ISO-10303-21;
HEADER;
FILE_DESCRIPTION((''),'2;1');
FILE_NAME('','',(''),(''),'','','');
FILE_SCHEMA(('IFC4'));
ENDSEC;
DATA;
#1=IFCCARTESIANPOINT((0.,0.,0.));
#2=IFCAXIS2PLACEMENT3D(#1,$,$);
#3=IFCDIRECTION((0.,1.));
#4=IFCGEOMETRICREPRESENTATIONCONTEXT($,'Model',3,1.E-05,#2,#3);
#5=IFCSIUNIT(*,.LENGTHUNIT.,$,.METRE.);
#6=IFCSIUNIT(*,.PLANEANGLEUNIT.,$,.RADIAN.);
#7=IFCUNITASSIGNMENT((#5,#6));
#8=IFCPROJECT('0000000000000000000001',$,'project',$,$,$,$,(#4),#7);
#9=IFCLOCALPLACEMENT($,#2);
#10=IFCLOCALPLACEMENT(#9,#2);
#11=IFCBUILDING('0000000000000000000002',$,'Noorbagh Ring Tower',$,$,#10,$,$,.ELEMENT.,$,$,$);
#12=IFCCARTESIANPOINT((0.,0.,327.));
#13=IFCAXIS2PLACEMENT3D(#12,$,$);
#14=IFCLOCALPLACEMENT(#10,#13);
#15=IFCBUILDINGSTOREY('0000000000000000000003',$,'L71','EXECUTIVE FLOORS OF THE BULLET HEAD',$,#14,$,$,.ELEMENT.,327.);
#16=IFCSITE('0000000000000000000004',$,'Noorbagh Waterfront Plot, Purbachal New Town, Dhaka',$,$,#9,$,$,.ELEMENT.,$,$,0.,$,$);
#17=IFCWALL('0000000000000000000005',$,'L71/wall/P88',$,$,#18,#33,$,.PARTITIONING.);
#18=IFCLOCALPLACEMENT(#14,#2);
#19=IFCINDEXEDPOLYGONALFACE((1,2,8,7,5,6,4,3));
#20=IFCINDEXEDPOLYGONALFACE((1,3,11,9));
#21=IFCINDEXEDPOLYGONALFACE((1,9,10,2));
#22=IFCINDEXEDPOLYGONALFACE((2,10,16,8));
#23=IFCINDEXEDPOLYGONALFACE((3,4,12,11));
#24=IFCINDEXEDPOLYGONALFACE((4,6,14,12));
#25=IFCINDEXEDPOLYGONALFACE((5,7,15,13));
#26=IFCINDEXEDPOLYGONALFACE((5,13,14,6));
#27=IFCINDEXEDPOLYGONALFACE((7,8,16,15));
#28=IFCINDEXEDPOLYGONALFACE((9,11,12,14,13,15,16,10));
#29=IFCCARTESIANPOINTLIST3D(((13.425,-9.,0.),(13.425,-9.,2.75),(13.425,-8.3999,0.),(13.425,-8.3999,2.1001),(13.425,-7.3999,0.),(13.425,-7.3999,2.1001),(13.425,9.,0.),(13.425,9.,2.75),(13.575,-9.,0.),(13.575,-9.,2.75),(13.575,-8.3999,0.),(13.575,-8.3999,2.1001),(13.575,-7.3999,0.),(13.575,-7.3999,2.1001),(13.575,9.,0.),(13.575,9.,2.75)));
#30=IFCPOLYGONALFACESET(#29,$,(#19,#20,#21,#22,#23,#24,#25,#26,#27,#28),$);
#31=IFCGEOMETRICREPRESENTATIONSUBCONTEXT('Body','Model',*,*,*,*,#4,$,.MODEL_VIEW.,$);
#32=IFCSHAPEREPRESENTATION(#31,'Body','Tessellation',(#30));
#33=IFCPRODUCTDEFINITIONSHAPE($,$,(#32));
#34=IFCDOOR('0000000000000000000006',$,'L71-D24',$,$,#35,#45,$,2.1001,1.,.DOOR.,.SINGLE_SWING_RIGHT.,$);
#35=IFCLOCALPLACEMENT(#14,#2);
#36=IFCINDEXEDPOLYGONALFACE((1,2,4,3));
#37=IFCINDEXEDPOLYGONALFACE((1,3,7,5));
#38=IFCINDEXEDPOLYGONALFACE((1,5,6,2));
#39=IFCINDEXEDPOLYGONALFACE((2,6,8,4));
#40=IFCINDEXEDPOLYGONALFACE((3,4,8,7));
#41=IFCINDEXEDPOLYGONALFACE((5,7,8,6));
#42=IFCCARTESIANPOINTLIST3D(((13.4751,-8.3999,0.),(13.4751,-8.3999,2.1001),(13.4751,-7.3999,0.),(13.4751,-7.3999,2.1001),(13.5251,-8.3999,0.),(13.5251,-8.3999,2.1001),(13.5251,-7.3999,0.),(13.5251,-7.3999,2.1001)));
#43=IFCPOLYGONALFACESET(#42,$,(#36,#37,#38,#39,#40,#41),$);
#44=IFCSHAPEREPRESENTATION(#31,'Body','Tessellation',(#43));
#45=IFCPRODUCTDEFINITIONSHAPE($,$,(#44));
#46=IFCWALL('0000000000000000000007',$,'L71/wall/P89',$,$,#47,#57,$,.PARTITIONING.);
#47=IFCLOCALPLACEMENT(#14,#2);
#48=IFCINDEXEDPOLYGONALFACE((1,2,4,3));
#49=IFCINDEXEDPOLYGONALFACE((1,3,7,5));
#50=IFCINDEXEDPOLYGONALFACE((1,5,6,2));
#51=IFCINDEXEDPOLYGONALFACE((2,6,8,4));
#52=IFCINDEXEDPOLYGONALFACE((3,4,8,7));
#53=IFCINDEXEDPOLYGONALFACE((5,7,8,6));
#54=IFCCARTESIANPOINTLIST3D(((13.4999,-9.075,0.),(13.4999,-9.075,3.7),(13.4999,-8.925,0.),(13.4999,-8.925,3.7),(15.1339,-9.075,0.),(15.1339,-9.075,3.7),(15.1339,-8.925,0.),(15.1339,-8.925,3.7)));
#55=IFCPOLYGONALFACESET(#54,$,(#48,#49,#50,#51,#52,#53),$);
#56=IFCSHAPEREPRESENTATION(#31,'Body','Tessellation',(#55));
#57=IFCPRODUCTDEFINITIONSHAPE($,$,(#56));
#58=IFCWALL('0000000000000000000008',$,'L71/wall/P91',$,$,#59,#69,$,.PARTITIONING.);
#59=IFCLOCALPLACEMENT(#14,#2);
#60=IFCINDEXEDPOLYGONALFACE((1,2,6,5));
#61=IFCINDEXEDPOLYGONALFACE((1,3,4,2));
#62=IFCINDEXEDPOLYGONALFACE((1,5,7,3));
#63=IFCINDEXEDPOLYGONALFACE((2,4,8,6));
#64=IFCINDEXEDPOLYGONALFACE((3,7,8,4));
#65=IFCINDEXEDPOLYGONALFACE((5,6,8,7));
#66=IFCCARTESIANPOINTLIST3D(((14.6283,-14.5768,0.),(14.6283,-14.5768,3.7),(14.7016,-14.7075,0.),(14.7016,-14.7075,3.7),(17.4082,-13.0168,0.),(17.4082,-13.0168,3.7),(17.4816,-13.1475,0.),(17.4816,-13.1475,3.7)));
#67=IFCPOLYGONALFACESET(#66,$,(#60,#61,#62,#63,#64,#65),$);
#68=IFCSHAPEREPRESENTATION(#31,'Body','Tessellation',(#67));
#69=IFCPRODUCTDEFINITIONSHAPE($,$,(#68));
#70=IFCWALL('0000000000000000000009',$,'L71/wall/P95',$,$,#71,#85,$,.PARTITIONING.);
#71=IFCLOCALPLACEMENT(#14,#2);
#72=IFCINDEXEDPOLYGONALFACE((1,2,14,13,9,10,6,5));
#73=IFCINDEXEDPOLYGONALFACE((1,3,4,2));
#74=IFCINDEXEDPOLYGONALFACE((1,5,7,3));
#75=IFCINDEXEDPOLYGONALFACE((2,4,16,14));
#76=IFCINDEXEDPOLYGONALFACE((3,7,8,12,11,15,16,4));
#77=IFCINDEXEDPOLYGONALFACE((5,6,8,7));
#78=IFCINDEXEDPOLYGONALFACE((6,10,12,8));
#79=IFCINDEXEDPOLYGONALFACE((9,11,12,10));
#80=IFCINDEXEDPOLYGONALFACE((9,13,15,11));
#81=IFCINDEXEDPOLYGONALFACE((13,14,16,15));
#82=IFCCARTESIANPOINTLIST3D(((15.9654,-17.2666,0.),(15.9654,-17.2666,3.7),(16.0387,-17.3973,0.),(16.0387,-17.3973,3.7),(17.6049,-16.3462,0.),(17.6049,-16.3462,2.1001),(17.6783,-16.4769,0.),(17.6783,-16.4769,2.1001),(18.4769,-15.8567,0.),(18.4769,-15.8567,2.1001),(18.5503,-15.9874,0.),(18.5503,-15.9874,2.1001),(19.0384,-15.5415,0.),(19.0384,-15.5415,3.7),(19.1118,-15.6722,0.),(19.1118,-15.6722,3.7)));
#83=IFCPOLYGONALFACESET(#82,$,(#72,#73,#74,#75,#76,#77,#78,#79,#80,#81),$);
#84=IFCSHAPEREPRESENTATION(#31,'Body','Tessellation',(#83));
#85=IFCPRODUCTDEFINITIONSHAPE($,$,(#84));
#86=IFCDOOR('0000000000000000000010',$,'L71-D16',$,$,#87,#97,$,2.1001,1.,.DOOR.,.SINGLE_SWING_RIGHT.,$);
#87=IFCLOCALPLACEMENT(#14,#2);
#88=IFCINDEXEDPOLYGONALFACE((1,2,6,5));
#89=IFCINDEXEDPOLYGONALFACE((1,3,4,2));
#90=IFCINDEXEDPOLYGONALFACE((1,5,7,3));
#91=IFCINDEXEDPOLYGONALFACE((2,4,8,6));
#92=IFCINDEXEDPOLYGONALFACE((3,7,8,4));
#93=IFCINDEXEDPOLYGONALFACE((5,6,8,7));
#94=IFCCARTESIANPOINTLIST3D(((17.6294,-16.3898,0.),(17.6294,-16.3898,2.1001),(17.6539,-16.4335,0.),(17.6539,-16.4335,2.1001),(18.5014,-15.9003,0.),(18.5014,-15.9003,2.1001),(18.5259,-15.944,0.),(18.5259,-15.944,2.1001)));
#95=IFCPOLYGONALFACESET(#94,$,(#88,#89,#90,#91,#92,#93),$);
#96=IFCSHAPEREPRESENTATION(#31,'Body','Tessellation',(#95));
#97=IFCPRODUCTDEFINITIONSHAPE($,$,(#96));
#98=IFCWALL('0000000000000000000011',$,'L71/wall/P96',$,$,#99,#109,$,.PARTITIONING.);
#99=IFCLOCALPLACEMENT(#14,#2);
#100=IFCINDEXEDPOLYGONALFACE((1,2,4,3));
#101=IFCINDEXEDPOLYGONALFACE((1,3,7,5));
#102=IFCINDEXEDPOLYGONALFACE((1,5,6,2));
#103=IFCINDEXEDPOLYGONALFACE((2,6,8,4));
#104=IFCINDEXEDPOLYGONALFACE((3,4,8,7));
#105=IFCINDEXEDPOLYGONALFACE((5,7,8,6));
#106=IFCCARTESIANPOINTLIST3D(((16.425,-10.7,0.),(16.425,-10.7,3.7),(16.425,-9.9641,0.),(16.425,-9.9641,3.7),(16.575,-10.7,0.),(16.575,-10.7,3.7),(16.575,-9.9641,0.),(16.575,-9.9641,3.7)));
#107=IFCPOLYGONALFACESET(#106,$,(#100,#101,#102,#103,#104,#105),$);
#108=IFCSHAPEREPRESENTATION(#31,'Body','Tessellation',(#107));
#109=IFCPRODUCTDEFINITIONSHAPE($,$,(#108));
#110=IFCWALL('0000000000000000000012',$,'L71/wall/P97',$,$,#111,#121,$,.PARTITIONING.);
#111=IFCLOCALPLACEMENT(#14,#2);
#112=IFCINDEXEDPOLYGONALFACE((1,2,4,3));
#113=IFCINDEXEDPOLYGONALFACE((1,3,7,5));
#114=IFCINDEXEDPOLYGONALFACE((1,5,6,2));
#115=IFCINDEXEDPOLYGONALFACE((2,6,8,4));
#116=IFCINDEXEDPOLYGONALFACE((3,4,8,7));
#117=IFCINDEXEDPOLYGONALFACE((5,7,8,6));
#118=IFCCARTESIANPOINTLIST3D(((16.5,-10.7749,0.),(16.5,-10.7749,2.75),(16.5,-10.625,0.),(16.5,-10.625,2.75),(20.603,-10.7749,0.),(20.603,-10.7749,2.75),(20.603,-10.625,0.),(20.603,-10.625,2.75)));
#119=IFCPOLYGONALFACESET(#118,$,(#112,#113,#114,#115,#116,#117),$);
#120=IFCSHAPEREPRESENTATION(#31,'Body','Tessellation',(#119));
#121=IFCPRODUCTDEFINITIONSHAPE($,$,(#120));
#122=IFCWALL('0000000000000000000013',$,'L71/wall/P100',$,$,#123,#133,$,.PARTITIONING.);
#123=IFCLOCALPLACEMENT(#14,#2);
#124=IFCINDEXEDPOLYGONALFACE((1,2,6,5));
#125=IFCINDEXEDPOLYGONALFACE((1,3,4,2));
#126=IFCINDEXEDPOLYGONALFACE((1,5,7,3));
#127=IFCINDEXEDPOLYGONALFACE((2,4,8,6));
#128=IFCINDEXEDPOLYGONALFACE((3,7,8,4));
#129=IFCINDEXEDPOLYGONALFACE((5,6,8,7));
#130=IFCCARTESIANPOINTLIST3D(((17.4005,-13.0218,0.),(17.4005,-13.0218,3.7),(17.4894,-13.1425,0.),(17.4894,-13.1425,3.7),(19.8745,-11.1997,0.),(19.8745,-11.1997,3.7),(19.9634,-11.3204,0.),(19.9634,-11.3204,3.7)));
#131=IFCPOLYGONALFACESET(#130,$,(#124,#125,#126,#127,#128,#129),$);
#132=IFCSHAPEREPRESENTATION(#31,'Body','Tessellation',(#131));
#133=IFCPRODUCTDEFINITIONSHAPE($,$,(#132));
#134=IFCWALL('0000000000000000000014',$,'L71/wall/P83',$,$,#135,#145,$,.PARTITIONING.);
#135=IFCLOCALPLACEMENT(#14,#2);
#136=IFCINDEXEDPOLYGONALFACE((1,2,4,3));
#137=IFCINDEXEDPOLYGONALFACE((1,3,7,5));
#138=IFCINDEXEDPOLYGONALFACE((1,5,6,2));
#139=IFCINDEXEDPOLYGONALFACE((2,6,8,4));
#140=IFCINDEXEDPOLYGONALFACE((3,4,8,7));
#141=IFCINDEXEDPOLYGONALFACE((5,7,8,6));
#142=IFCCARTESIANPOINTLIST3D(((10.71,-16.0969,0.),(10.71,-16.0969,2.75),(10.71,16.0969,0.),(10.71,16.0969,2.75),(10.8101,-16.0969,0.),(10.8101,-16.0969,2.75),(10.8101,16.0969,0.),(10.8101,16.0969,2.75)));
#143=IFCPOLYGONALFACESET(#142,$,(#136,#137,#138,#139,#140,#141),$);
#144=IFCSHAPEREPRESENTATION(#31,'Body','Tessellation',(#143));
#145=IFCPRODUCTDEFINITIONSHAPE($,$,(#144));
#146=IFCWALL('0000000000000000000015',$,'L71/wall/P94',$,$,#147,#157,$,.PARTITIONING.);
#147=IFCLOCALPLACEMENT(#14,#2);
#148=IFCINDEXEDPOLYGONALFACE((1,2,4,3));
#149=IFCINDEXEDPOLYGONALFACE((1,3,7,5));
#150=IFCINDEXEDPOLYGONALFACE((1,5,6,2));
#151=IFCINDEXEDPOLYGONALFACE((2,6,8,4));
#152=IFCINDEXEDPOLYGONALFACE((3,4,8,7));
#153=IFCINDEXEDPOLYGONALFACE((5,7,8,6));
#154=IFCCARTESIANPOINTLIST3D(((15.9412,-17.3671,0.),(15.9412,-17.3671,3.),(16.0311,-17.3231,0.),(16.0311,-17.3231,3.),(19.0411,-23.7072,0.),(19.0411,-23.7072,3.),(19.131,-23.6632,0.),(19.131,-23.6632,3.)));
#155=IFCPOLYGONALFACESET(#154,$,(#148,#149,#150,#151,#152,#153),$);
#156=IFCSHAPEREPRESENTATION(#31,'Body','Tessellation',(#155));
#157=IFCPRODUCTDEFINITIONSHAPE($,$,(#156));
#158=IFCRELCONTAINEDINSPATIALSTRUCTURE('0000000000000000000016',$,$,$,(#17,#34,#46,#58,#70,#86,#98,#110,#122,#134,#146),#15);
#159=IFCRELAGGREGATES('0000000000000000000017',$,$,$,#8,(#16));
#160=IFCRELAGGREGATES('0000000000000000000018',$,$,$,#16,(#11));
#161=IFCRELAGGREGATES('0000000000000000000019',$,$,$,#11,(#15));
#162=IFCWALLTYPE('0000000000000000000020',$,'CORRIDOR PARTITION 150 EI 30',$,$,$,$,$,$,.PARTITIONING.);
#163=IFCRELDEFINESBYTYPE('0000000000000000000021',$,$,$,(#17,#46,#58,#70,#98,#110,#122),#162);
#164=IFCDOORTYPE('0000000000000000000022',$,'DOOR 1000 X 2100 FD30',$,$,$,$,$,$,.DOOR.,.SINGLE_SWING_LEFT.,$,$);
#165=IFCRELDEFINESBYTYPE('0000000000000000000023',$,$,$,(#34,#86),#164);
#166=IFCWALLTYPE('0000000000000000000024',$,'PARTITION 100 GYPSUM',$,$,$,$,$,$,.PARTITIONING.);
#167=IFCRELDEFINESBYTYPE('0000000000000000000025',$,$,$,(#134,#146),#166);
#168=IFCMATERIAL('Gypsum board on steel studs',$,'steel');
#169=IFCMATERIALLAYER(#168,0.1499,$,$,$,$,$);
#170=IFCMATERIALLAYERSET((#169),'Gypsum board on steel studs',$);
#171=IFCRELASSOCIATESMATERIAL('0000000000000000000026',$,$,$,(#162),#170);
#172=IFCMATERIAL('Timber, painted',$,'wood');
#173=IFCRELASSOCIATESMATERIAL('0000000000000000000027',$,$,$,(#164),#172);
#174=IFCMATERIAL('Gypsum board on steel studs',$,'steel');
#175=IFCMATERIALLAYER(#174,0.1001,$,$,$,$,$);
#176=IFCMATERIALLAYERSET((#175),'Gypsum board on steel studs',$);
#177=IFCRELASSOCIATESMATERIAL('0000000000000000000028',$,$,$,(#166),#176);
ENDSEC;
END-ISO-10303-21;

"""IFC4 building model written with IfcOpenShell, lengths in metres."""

from ifc_helpers import new_model, si_unit, direction, frame, frame_2d, origin, place, context, subcontext, project, spatial, rectangle, extrude, material, layer, layer_set, type_object, element, fill, save


model = new_model("IFC4")

# Units and contexts
model_context = context("Model", 3, precision=1e-05, world=origin(), true_north=direction((0.0, 1.0)))
body_context = subcontext(model_context, "Body", "Model", "MODEL_VIEW")
ifc_project = project(units=[si_unit("LENGTHUNIT", "METRE"), si_unit("PLANEANGLEUNIT", "RADIAN")], contexts=[model_context])

# Site, building, storey
site_placement = place(None, origin())
site = spatial("IfcSite", under=ifc_project, at=site_placement, Name="Noorbagh Waterfront Plot, Purbachal New Town, Dhaka", CompositionType="ELEMENT", RefElevation=0.0)
building_placement = place(site_placement, origin())
building = spatial("IfcBuilding", under=site, at=building_placement, Name="Noorbagh Ring Tower", CompositionType="ELEMENT")
storey_placement = place(building_placement, frame((0.0, 0.0, 327.0)))
storey = spatial("IfcBuildingStorey", under=building, at=storey_placement, Name="L71", Description="EXECUTIVE FLOORS OF THE BULLET HEAD", CompositionType="ELEMENT", Elevation=327.0)

# Shared definitions
ifc_material_1 = material(Name="Gypsum board on steel studs", Category="steel")
ifc_layer_1 = layer(ifc_material_1, 0.1499)
ifc_layer_set_1 = layer_set([ifc_layer_1], Name="Gypsum board on steel studs")
wall_type_1 = type_object("IfcWallType", Name="CORRIDOR PARTITION 150 EI 30", PredefinedType="PARTITIONING", material=ifc_layer_set_1)

# Wall, opening, door
wall_1_placement = place(storey_placement, frame((13.5, -9.0, 0.0), z_axis=(0.0, 0.0, 1.0), x_axis=(0.0, 1.0, 0.0)))
wall_1 = element("IfcWall", 1, at=wall_1_placement, inside=storey, type_object=wall_type_1, Name="L71/wall/P88", PredefinedType="PARTITIONING", context=body_context, shape_type="SweptSolid", body=[
    extrude(rectangle(XDim=18.0, YDim=0.1499, at=frame_2d((9.0, 0.0))), origin(), (0.0, 0.0, 1.0), 2.75),
])
opening_1_placement = place(wall_1_placement, frame((0.6001, 0.0, 0.0)))
opening_1 = element("IfcOpeningElement", 2, at=opening_1_placement, cuts=wall_1, PredefinedType="OPENING", context=body_context, shape_type="SweptSolid", body=[
    extrude(rectangle(XDim=1.0, YDim=2.1001, at=frame_2d((0.5, 1.05))), frame((0.0, 0.085, 0.0), z_axis=(0.0, -1.0, 0.0), x_axis=(1.0, 0.0, 0.0)), (0.0, 0.0, 1.0), 0.1699),
])
ifc_material_2 = material(Name="Timber, painted", Category="wood")
door_type_1 = type_object("IfcDoorType", Name="DOOR 1000 X 2100 FD30", OperationType="SINGLE_SWING_LEFT", PredefinedType="DOOR", material=ifc_material_2)
door_1_placement = place(opening_1_placement, origin())
door_1 = element("IfcDoor", 3, at=door_1_placement, inside=storey, type_object=door_type_1, Name="L71-D24", OperationType="SINGLE_SWING_RIGHT", OverallHeight=2.1001, OverallWidth=1.0, PredefinedType="DOOR", context=body_context, shape_type="SweptSolid", body=[
    extrude(rectangle(XDim=1.0, YDim=2.1001, at=frame_2d((0.5, 1.05))), frame((0.0, 0.0249, 0.0), z_axis=(0.0, -1.0, 0.0), x_axis=(1.0, 0.0, 0.0)), (0.0, 0.0, 1.0), 0.05),
])
fill(opening_1, door_1)

# Walls
wall_2_placement = place(storey_placement, frame((13.5, -9.0, 0.0), z_axis=(0.0, 0.0, 1.0), x_axis=(1.0, 0.0, 0.0)))
element("IfcWall", 4, at=wall_2_placement, inside=storey, type_object=wall_type_1, Name="L71/wall/P89", PredefinedType="PARTITIONING", context=body_context, shape_type="SweptSolid", body=[
    extrude(rectangle(XDim=1.634, YDim=0.1499, at=frame_2d((0.8169, 0.0))), origin(), (0.0, 0.0, 1.0), 3.7),
])
wall_3_placement = place(storey_placement, frame((14.665, -14.6421, 0.0), z_axis=(0.0, 0.0, 1.0), x_axis=(0.872072, 0.489377, 0.0)))
element("IfcWall", 5, at=wall_3_placement, inside=storey, type_object=wall_type_1, Name="L71/wall/P91", PredefinedType="PARTITIONING", context=body_context, shape_type="SweptSolid", body=[
    extrude(rectangle(XDim=3.1877, YDim=0.1499, at=frame_2d((1.5938, 0.0))), origin(), (0.0, 0.0, 1.0), 3.7),
])

# Wall, opening, door
wall_4_placement = place(storey_placement, frame((16.002, -17.332, 0.0), z_axis=(0.0, 0.0, 1.0), x_axis=(0.871995, 0.489514, 0.0)))
wall_4 = element("IfcWall", 6, at=wall_4_placement, inside=storey, type_object=wall_type_1, Name="L71/wall/P95", PredefinedType="PARTITIONING", context=body_context, shape_type="SweptSolid", body=[
    extrude(rectangle(XDim=3.5242, YDim=0.1499, at=frame_2d((1.7622, 0.0))), origin(), (0.0, 0.0, 1.0), 3.7),
])
opening_2_placement = place(wall_4_placement, frame((1.8804, 0.0, 0.0)))
opening_2 = element("IfcOpeningElement", 7, at=opening_2_placement, cuts=wall_4, PredefinedType="OPENING", context=body_context, shape_type="SweptSolid", body=[
    extrude(rectangle(XDim=1.0, YDim=2.1001, at=frame_2d((0.5, 1.05))), frame((0.0, 0.085, 0.0), z_axis=(0.0, -1.0, 0.0), x_axis=(1.0, 0.0, 0.0)), (0.0, 0.0, 1.0), 0.1699),
])
door_2_placement = place(opening_2_placement, origin())
door_2 = element("IfcDoor", 8, at=door_2_placement, inside=storey, type_object=door_type_1, Name="L71-D16", OperationType="SINGLE_SWING_RIGHT", OverallHeight=2.1001, OverallWidth=1.0, PredefinedType="DOOR", context=body_context, shape_type="SweptSolid", body=[
    extrude(rectangle(XDim=1.0, YDim=2.1001, at=frame_2d((0.5, 1.05))), frame((0.0, 0.0249, 0.0), z_axis=(0.0, -1.0, 0.0), x_axis=(1.0, 0.0, 0.0)), (0.0, 0.0, 1.0), 0.05),
])
fill(opening_2, door_2)

# Walls
wall_5_placement = place(storey_placement, frame((16.5, -10.7, 0.0), z_axis=(0.0, 0.0, 1.0), x_axis=(0.0, 1.0, 0.0)))
element("IfcWall", 9, at=wall_5_placement, inside=storey, type_object=wall_type_1, Name="L71/wall/P96", PredefinedType="PARTITIONING", context=body_context, shape_type="SweptSolid", body=[
    extrude(rectangle(XDim=0.7358, YDim=0.1499, at=frame_2d((0.3679, 0.0))), origin(), (0.0, 0.0, 1.0), 3.7),
])
wall_6_placement = place(storey_placement, frame((16.5, -10.7, 0.0), z_axis=(0.0, 0.0, 1.0), x_axis=(1.0, 0.0, 0.0)))
element("IfcWall", 10, at=wall_6_placement, inside=storey, type_object=wall_type_1, Name="L71/wall/P97", PredefinedType="PARTITIONING", context=body_context, shape_type="SweptSolid", body=[
    extrude(rectangle(XDim=4.103, YDim=0.1499, at=frame_2d((2.0515, 0.0))), origin(), (0.0, 0.0, 1.0), 2.75),
])
wall_7_placement = place(storey_placement, frame((17.4451, -13.082, 0.0), z_axis=(0.0, 0.0, 1.0), x_axis=(0.805186, 0.593023, 0.0)))
element("IfcWall", 11, at=wall_7_placement, inside=storey, type_object=wall_type_1, Name="L71/wall/P100", PredefinedType="PARTITIONING", context=body_context, shape_type="SweptSolid", body=[
    extrude(rectangle(XDim=3.0725, YDim=0.1499, at=frame_2d((1.5361, 0.0))), origin(), (0.0, 0.0, 1.0), 3.7),
])
ifc_material_3 = material(Name="Gypsum board on steel studs", Category="steel")
ifc_layer_2 = layer(ifc_material_3, 0.1001)
ifc_layer_set_2 = layer_set([ifc_layer_2], Name="Gypsum board on steel studs")
wall_type_2 = type_object("IfcWallType", Name="PARTITION 100 GYPSUM", PredefinedType="PARTITIONING", material=ifc_layer_set_2)
wall_8_placement = place(storey_placement, frame((10.76, -16.0969, 0.0), z_axis=(0.0, 0.0, 1.0), x_axis=(0.0, 1.0, 0.0)))
element("IfcWall", 12, at=wall_8_placement, inside=storey, type_object=wall_type_2, Name="L71/wall/P83", PredefinedType="PARTITIONING", context=body_context, shape_type="SweptSolid", body=[
    extrude(rectangle(XDim=32.1938, YDim=0.1001, at=frame_2d((16.0969, 0.0))), origin(), (0.0, 0.0, 1.0), 2.75),
])
wall_9_placement = place(storey_placement, frame((15.9861, -17.345, 0.0), z_axis=(0.0, 0.0, 1.0), x_axis=(0.439239, -0.89837, 0.0)))
element("IfcWall", 13, at=wall_9_placement, inside=storey, type_object=wall_type_2, Name="L71/wall/P94", PredefinedType="PARTITIONING", context=body_context, shape_type="SweptSolid", body=[
    extrude(rectangle(XDim=7.0574, YDim=0.1001, at=frame_2d((3.5288, 0.0))), origin(), (0.0, 0.0, 1.0), 3.0),
])

save(model, "model.ifc")
